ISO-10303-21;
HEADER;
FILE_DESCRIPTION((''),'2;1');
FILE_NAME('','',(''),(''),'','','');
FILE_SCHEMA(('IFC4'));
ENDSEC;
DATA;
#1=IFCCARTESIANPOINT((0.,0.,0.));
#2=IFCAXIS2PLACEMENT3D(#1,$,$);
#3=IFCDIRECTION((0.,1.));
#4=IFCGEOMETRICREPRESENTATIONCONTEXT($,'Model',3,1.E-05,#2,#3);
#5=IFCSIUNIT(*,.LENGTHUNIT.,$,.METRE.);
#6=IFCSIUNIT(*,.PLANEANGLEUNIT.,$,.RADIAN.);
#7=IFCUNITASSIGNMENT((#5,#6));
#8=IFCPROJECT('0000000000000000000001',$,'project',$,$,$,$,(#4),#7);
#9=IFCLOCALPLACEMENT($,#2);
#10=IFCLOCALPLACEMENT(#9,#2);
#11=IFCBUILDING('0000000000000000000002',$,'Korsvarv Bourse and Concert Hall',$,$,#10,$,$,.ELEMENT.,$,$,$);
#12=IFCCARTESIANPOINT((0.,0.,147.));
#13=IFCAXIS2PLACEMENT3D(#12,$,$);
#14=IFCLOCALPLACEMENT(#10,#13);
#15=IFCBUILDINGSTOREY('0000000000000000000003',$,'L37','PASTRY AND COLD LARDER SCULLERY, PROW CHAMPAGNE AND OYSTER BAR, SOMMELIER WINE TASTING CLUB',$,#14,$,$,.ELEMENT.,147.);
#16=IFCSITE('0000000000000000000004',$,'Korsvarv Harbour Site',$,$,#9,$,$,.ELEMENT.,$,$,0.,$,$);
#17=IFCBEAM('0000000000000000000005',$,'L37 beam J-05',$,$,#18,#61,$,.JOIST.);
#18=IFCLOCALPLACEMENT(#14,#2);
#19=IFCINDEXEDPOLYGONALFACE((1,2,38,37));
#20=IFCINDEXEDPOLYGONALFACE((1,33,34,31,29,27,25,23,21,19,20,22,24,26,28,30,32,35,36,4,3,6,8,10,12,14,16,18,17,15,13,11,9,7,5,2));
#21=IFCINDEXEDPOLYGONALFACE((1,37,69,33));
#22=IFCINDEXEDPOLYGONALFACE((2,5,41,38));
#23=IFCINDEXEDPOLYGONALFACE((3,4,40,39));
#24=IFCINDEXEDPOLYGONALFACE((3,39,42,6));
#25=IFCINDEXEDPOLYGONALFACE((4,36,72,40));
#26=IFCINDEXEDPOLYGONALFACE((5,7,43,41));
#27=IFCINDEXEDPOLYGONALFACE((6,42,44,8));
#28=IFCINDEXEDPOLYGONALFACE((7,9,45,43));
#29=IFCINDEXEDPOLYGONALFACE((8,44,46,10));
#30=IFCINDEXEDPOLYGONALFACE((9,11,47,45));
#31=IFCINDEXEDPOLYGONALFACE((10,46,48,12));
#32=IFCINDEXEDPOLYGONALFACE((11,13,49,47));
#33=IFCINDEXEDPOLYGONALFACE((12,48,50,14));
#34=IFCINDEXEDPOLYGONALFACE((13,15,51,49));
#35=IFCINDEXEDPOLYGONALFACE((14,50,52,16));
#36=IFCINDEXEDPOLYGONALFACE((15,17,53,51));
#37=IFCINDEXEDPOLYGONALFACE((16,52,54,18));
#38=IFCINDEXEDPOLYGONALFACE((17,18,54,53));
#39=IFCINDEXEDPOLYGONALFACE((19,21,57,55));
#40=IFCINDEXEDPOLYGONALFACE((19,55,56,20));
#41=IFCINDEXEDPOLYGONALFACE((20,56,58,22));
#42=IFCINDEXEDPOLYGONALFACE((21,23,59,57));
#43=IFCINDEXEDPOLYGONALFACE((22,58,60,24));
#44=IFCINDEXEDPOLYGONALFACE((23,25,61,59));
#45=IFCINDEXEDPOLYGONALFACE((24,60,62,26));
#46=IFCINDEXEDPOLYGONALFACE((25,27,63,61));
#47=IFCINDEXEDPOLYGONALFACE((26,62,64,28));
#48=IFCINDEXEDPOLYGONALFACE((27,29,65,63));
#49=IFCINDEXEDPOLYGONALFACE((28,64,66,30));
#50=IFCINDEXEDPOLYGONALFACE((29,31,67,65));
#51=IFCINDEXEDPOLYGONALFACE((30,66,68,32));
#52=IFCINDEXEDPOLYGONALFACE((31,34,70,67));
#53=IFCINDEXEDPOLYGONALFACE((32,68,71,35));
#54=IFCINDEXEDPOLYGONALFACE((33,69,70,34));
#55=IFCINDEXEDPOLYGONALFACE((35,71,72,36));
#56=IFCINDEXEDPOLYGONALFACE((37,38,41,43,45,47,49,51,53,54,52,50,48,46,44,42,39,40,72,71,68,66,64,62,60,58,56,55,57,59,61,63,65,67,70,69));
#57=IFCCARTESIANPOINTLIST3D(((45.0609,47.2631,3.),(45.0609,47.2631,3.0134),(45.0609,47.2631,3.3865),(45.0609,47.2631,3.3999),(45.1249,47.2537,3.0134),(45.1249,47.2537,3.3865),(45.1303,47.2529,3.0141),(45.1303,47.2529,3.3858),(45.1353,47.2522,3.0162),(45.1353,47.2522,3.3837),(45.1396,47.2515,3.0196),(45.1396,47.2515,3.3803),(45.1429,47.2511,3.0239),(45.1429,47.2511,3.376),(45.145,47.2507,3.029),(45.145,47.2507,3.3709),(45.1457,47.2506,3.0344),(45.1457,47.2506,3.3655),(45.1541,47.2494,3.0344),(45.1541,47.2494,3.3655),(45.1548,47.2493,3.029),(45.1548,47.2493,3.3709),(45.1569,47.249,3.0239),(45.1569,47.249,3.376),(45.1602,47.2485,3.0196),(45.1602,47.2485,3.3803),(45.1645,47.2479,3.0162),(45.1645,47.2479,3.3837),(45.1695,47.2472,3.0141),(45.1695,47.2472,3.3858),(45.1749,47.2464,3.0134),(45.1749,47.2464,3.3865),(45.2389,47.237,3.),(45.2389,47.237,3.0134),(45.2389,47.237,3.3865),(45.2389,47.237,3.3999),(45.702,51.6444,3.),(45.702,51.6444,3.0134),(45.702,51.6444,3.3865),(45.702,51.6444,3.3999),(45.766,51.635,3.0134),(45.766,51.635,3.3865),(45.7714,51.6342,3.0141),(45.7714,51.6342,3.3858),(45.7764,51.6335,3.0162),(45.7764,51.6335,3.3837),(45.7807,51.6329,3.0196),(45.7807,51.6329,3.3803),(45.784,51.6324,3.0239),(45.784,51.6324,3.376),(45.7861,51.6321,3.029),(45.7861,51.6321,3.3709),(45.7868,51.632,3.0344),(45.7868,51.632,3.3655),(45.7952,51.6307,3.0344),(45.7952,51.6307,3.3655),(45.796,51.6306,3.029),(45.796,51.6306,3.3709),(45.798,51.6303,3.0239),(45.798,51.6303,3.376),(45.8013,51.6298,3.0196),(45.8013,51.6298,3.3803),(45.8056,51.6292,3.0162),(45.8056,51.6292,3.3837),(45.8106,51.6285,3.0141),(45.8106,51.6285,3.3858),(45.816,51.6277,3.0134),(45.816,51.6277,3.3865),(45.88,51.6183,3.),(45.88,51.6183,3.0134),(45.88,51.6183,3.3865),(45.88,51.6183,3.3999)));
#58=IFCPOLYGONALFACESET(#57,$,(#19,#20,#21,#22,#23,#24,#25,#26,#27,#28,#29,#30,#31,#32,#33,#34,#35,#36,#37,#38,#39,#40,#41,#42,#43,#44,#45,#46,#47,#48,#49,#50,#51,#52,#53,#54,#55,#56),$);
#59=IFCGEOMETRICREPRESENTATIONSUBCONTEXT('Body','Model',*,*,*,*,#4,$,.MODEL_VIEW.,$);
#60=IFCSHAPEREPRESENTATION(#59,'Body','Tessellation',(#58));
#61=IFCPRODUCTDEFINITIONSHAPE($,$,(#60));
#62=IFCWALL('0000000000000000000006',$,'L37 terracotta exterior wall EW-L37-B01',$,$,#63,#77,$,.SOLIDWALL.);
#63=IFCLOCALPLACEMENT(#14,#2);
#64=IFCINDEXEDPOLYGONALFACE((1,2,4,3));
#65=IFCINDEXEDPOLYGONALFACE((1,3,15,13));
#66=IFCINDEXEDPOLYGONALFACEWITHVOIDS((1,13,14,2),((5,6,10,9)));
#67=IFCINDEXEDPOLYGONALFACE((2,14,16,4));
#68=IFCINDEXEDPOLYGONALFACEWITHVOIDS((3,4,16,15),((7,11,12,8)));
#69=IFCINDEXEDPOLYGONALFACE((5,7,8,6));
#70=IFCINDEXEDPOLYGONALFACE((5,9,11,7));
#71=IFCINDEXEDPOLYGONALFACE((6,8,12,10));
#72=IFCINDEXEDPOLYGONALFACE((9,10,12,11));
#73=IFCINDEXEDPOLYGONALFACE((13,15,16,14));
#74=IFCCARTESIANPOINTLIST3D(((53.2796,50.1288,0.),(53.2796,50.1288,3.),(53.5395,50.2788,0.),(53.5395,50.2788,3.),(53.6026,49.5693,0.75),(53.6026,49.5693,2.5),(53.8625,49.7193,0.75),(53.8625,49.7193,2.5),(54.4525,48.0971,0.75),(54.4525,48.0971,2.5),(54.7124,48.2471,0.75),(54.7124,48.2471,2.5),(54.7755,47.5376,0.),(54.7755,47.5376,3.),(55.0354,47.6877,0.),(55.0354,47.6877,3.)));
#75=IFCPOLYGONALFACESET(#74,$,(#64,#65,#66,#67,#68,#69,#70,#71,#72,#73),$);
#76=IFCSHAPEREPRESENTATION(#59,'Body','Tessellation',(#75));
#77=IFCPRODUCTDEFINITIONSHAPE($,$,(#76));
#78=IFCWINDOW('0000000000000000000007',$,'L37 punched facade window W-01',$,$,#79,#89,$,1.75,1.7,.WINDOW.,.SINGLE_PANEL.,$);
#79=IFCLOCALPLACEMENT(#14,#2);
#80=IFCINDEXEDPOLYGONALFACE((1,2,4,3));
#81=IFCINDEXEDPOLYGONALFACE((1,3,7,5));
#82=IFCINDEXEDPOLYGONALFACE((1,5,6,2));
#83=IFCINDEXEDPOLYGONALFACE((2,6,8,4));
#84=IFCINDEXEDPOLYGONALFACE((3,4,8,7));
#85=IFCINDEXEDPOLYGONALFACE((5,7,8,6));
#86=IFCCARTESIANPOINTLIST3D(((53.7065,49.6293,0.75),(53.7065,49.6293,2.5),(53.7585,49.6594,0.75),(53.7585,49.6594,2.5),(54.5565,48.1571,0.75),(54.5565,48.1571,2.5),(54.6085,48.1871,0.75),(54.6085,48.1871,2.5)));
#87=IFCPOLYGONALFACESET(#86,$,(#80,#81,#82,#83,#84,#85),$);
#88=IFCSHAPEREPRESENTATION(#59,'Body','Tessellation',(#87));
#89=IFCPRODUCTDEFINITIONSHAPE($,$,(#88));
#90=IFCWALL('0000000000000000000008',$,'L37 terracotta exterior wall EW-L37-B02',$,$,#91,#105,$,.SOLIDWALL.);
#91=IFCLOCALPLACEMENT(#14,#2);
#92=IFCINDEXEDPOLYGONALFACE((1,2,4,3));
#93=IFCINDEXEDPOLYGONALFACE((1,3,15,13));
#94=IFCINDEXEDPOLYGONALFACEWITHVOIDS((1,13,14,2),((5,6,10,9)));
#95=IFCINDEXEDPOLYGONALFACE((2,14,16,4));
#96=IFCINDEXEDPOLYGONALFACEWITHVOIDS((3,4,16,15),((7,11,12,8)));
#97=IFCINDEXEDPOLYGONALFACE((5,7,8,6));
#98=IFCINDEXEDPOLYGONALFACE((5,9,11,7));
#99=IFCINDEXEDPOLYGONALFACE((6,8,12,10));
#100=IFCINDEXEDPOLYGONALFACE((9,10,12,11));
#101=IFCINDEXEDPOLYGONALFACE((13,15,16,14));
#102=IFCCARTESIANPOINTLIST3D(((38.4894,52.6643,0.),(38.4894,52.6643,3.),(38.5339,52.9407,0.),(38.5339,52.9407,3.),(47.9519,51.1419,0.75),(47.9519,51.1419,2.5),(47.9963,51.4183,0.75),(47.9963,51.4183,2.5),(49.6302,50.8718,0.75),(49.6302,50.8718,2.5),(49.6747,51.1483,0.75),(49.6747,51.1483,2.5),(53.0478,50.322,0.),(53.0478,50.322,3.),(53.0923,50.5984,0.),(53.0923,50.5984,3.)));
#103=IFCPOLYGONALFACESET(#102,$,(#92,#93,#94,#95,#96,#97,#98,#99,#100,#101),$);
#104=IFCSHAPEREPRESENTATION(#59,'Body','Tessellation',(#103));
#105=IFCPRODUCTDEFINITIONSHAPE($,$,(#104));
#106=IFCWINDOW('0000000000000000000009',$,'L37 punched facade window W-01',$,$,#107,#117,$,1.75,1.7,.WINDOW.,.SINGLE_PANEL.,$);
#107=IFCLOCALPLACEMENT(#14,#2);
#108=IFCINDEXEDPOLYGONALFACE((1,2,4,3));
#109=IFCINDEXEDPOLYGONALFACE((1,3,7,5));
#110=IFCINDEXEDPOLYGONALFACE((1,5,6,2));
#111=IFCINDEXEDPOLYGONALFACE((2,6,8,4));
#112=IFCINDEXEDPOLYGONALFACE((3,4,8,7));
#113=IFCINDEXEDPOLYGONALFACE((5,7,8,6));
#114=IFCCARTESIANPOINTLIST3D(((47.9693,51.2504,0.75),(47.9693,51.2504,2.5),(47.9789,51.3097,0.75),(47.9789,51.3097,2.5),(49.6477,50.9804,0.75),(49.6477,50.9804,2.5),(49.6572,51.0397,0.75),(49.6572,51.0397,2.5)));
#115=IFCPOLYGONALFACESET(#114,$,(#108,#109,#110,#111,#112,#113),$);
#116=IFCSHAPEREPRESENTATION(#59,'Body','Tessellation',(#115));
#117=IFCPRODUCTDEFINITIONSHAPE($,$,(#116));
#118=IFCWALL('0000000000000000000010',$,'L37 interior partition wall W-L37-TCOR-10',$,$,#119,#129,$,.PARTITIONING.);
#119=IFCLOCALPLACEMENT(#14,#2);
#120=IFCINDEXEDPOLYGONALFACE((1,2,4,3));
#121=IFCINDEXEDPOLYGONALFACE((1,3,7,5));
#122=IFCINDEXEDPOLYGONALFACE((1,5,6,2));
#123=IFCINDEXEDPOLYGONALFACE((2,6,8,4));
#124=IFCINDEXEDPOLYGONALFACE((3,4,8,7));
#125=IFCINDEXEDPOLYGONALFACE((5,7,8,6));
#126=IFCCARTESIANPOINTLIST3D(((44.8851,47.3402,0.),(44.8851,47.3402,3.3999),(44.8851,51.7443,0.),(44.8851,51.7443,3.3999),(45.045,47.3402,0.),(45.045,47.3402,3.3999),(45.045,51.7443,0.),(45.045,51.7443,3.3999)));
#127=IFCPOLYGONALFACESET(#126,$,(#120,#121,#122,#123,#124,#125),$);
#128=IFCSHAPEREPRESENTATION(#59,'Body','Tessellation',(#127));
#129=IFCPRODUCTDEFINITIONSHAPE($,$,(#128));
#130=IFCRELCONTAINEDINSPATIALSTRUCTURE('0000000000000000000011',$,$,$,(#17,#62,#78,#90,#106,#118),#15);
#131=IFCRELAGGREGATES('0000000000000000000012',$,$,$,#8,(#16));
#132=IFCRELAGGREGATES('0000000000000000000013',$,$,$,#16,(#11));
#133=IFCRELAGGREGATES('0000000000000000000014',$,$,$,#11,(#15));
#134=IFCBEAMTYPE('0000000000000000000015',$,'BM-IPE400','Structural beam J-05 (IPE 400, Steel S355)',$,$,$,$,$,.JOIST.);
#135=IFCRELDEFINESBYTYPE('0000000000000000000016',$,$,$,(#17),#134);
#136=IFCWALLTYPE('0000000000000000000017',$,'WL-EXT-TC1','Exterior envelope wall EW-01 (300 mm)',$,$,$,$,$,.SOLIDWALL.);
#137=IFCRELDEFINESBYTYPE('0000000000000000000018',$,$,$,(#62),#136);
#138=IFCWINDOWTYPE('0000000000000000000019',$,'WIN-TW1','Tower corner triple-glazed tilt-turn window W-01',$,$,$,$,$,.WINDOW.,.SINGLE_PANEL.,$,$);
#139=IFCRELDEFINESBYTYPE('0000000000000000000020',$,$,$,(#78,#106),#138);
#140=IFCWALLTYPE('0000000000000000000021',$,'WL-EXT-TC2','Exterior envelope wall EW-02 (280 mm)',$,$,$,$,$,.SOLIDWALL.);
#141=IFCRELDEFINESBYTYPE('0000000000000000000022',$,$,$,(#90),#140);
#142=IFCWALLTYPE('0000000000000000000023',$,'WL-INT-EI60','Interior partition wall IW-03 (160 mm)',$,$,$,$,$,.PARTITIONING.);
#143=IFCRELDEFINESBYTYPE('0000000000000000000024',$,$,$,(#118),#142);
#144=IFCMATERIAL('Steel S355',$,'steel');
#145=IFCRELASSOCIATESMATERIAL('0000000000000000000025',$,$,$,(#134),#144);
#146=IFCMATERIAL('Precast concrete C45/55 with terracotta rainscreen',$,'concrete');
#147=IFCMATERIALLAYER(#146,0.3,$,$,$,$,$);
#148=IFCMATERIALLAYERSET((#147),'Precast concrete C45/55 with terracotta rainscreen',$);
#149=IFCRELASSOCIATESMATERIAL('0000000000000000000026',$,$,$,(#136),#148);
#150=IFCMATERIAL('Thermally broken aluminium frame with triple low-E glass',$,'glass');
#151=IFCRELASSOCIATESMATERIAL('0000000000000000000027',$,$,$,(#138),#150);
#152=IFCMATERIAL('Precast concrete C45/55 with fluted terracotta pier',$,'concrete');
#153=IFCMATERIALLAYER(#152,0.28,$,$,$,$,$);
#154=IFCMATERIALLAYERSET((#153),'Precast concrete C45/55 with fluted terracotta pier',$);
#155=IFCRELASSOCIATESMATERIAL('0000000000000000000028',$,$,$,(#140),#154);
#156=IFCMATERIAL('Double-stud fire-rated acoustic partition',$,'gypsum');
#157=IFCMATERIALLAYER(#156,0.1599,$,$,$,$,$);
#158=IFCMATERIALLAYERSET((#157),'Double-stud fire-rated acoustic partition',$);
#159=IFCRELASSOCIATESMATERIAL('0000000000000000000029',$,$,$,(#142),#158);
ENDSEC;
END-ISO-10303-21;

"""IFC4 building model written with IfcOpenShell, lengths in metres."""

from ifc_helpers import new_model, si_unit, direction, frame, frame_2d, origin, origin_2d, place, context, subcontext, project, spatial, rectangle, i_section, extrude, source, transform, mapped, material, layer, layer_set, material_profile, profile_set, type_object, element, fill, save


model = new_model("IFC4")

# Units and contexts
model_context = context("Model", 3, precision=1e-05, world=origin(), true_north=direction((0.0, 1.0)))
body_context = subcontext(model_context, "Body", "Model", "MODEL_VIEW")
ifc_project = project(units=[si_unit("LENGTHUNIT", "METRE"), si_unit("PLANEANGLEUNIT", "RADIAN")], contexts=[model_context])

# Site, building, storey
site_placement = place(None, origin())
site = spatial("IfcSite", under=ifc_project, at=site_placement, Name="Korsvarv Harbour Site", CompositionType="ELEMENT", RefElevation=0.0)
building_placement = place(site_placement, origin())
building = spatial("IfcBuilding", under=site, at=building_placement, Name="Korsvarv Bourse and Concert Hall", CompositionType="ELEMENT")
storey_placement = place(building_placement, frame((0.0, 0.0, 147.0)))
storey = spatial("IfcBuildingStorey", under=building, at=storey_placement, Name="L37", Description="PASTRY AND COLD LARDER SCULLERY, PROW CHAMPAGNE AND OYSTER BAR, SOMMELIER WINE TASTING CLUB", CompositionType="ELEMENT", Elevation=147.0)

# Shared definitions
ifc_material_1 = material(Name="Steel S355", Category="steel")

# Beam
ifc_material_profile_1 = material_profile(ifc_material_1, i_section(OverallWidth=0.1799, OverallDepth=0.3999, WebThickness=0.0085, FlangeThickness=0.0134, FilletRadius=0.021, at=origin_2d()), Name="IPE 400")
ifc_profile_set_1 = profile_set([ifc_material_profile_1], Name="Steel S355")
beam_type_1 = type_object("IfcBeamType", Name="BM-IPE400", Description="Structural beam J-05 (IPE 400, Steel S355)", PredefinedType="JOIST", material=ifc_profile_set_1)
shared_shape_1 = source(origin(), body_context, "Body", "SweptSolid", [
    extrude(i_section(OverallWidth=0.1799, OverallDepth=0.3999, WebThickness=0.0085, FlangeThickness=0.0134, FilletRadius=0.021, at=origin_2d()), origin(), (0.0, 0.0, 1.0), 4.428),
])
beam_1_placement = place(storey_placement, frame((45.791, 51.6313, 3.2), z_axis=(-0.144786, -0.989463, 0.0), x_axis=(0.989463, -0.144786, 0.0)))
element("IfcBeam", 1, at=beam_1_placement, inside=storey, type_object=beam_type_1, Name="L37 beam J-05", PredefinedType="JOIST", context=body_context, shape_type="MappedRepresentation", body=[
    mapped(shared_shape_1, transform((0.0, 0.0, 0.0), scale=1.0)),
])

# Walls, openings, windows
ifc_material_2 = material(Name="Precast concrete C45/55 with terracotta rainscreen", Category="concrete")
ifc_layer_1 = layer(ifc_material_2, 0.3)
ifc_layer_set_1 = layer_set([ifc_layer_1], Name="Precast concrete C45/55 with terracotta rainscreen")
wall_type_1 = type_object("IfcWallType", Name="WL-EXT-TC1", Description="Exterior envelope wall EW-01 (300 mm)", PredefinedType="SOLIDWALL", material=ifc_layer_set_1)
wall_1_placement = place(storey_placement, frame((54.9055, 47.6125, 0.0), z_axis=(0.0, 0.0, 1.0), x_axis=(-0.499974, 0.86604, 0.0)))
wall_1 = element("IfcWall", 2, at=wall_1_placement, inside=storey, type_object=wall_type_1, Name="L37 terracotta exterior wall EW-L37-B01", PredefinedType="SOLIDWALL", context=body_context, shape_type="SweptSolid", body=[
    extrude(rectangle(XDim=2.9919, YDim=0.3, at=frame_2d((1.4961, 0.0))), origin(), (0.0, 0.0, 1.0), 3.0),
])
opening_1_placement = place(wall_1_placement, frame((0.646, 0.0, 0.75)))
opening_1 = element("IfcOpeningElement", 3, at=opening_1_placement, cuts=wall_1, PredefinedType="OPENING", context=body_context, shape_type="SweptSolid", body=[
    extrude(rectangle(XDim=1.7, YDim=1.75, at=frame_2d((0.8501, 0.875))), frame((0.0, 0.1602, 0.0), z_axis=(0.0, -1.0, 0.0), x_axis=(1.0, 0.0, 0.0)), (0.0, 0.0, 1.0), 0.3201),
])
ifc_material_3 = material(Name="Thermally broken aluminium frame with triple low-E glass", Category="glass")
window_type = type_object("IfcWindowType", Name="WIN-TW1", Description="Tower corner triple-glazed tilt-turn window W-01", PartitioningType="SINGLE_PANEL", PredefinedType="WINDOW", material=ifc_material_3)
window_1_placement = place(opening_1_placement, origin())
window_1 = element("IfcWindow", 4, at=window_1_placement, inside=storey, type_object=window_type, Name="L37 punched facade window W-01", OverallHeight=1.75, OverallWidth=1.7, PartitioningType="SINGLE_PANEL", PredefinedType="WINDOW", context=body_context, shape_type="SweptSolid", body=[
    extrude(rectangle(XDim=1.7, YDim=1.75, at=frame_2d((0.8501, 0.875))), frame((0.0, 0.03, 0.0), z_axis=(0.0, -1.0, 0.0), x_axis=(1.0, 0.0, 0.0)), (0.0, 0.0, 1.0), 0.0601),
])
fill(opening_1, window_1)
ifc_material_4 = material(Name="Precast concrete C45/55 with fluted terracotta pier", Category="concrete")
ifc_layer_2 = layer(ifc_material_4, 0.28)
ifc_layer_set_2 = layer_set([ifc_layer_2], Name="Precast concrete C45/55 with fluted terracotta pier")
wall_type_2 = type_object("IfcWallType", Name="WL-EXT-TC2", Description="Exterior envelope wall EW-02 (280 mm)", PredefinedType="SOLIDWALL", material=ifc_layer_set_2)
wall_2_placement = place(storey_placement, frame((53.0701, 50.4602, 0.0), z_axis=(0.0, 0.0, 1.0), x_axis=(-0.987303, 0.158847, 0.0)))
wall_2 = element("IfcWall", 5, at=wall_2_placement, inside=storey, type_object=wall_type_2, Name="L37 terracotta exterior wall EW-L37-B02", PredefinedType="SOLIDWALL", context=body_context, shape_type="SweptSolid", body=[
    extrude(rectangle(XDim=14.7456, YDim=0.28, at=frame_2d((7.3728, 0.0))), origin(), (0.0, 0.0, 1.0), 3.0),
])
opening_2_placement = place(wall_2_placement, frame((3.4614, 0.0, 0.75)))
opening_2 = element("IfcOpeningElement", 6, at=opening_2_placement, cuts=wall_2, PredefinedType="OPENING", context=body_context, shape_type="SweptSolid", body=[
    extrude(rectangle(XDim=1.7, YDim=1.75, at=frame_2d((0.8501, 0.875))), frame((0.0, 0.1499, 0.0), z_axis=(0.0, -1.0, 0.0), x_axis=(1.0, 0.0, 0.0)), (0.0, 0.0, 1.0), 0.3),
])
window_2_placement = place(opening_2_placement, origin())
window_2 = element("IfcWindow", 7, at=window_2_placement, inside=storey, type_object=window_type, Name="L37 punched facade window W-01", OverallHeight=1.75, OverallWidth=1.7, PartitioningType="SINGLE_PANEL", PredefinedType="WINDOW", context=body_context, shape_type="SweptSolid", body=[
    extrude(rectangle(XDim=1.7, YDim=1.75, at=frame_2d((0.8501, 0.875))), frame((0.0, 0.03, 0.0), z_axis=(0.0, -1.0, 0.0), x_axis=(1.0, 0.0, 0.0)), (0.0, 0.0, 1.0), 0.0601),
])
fill(opening_2, window_2)

# Wall
ifc_material_5 = material(Name="Double-stud fire-rated acoustic partition", Category="gypsum")
ifc_layer_3 = layer(ifc_material_5, 0.1599)
ifc_layer_set_3 = layer_set([ifc_layer_3], Name="Double-stud fire-rated acoustic partition")
wall_type_3 = type_object("IfcWallType", Name="WL-INT-EI60", Description="Interior partition wall IW-03 (160 mm)", PredefinedType="PARTITIONING", material=ifc_layer_set_3)
wall_3_placement = place(storey_placement, frame((44.9651, 47.3401, 0.0), z_axis=(0.0, 0.0, 1.0), x_axis=(0.0, 1.0, 0.0)))
element("IfcWall", 8, at=wall_3_placement, inside=storey, type_object=wall_type_3, Name="L37 interior partition wall W-L37-TCOR-10", PredefinedType="PARTITIONING", context=body_context, shape_type="SweptSolid", body=[
    extrude(rectangle(XDim=4.4041, YDim=0.1599, at=frame_2d((2.2021, 0.0))), origin(), (0.0, 0.0, 1.0), 3.3999),
])

save(model, "model.ifc")
